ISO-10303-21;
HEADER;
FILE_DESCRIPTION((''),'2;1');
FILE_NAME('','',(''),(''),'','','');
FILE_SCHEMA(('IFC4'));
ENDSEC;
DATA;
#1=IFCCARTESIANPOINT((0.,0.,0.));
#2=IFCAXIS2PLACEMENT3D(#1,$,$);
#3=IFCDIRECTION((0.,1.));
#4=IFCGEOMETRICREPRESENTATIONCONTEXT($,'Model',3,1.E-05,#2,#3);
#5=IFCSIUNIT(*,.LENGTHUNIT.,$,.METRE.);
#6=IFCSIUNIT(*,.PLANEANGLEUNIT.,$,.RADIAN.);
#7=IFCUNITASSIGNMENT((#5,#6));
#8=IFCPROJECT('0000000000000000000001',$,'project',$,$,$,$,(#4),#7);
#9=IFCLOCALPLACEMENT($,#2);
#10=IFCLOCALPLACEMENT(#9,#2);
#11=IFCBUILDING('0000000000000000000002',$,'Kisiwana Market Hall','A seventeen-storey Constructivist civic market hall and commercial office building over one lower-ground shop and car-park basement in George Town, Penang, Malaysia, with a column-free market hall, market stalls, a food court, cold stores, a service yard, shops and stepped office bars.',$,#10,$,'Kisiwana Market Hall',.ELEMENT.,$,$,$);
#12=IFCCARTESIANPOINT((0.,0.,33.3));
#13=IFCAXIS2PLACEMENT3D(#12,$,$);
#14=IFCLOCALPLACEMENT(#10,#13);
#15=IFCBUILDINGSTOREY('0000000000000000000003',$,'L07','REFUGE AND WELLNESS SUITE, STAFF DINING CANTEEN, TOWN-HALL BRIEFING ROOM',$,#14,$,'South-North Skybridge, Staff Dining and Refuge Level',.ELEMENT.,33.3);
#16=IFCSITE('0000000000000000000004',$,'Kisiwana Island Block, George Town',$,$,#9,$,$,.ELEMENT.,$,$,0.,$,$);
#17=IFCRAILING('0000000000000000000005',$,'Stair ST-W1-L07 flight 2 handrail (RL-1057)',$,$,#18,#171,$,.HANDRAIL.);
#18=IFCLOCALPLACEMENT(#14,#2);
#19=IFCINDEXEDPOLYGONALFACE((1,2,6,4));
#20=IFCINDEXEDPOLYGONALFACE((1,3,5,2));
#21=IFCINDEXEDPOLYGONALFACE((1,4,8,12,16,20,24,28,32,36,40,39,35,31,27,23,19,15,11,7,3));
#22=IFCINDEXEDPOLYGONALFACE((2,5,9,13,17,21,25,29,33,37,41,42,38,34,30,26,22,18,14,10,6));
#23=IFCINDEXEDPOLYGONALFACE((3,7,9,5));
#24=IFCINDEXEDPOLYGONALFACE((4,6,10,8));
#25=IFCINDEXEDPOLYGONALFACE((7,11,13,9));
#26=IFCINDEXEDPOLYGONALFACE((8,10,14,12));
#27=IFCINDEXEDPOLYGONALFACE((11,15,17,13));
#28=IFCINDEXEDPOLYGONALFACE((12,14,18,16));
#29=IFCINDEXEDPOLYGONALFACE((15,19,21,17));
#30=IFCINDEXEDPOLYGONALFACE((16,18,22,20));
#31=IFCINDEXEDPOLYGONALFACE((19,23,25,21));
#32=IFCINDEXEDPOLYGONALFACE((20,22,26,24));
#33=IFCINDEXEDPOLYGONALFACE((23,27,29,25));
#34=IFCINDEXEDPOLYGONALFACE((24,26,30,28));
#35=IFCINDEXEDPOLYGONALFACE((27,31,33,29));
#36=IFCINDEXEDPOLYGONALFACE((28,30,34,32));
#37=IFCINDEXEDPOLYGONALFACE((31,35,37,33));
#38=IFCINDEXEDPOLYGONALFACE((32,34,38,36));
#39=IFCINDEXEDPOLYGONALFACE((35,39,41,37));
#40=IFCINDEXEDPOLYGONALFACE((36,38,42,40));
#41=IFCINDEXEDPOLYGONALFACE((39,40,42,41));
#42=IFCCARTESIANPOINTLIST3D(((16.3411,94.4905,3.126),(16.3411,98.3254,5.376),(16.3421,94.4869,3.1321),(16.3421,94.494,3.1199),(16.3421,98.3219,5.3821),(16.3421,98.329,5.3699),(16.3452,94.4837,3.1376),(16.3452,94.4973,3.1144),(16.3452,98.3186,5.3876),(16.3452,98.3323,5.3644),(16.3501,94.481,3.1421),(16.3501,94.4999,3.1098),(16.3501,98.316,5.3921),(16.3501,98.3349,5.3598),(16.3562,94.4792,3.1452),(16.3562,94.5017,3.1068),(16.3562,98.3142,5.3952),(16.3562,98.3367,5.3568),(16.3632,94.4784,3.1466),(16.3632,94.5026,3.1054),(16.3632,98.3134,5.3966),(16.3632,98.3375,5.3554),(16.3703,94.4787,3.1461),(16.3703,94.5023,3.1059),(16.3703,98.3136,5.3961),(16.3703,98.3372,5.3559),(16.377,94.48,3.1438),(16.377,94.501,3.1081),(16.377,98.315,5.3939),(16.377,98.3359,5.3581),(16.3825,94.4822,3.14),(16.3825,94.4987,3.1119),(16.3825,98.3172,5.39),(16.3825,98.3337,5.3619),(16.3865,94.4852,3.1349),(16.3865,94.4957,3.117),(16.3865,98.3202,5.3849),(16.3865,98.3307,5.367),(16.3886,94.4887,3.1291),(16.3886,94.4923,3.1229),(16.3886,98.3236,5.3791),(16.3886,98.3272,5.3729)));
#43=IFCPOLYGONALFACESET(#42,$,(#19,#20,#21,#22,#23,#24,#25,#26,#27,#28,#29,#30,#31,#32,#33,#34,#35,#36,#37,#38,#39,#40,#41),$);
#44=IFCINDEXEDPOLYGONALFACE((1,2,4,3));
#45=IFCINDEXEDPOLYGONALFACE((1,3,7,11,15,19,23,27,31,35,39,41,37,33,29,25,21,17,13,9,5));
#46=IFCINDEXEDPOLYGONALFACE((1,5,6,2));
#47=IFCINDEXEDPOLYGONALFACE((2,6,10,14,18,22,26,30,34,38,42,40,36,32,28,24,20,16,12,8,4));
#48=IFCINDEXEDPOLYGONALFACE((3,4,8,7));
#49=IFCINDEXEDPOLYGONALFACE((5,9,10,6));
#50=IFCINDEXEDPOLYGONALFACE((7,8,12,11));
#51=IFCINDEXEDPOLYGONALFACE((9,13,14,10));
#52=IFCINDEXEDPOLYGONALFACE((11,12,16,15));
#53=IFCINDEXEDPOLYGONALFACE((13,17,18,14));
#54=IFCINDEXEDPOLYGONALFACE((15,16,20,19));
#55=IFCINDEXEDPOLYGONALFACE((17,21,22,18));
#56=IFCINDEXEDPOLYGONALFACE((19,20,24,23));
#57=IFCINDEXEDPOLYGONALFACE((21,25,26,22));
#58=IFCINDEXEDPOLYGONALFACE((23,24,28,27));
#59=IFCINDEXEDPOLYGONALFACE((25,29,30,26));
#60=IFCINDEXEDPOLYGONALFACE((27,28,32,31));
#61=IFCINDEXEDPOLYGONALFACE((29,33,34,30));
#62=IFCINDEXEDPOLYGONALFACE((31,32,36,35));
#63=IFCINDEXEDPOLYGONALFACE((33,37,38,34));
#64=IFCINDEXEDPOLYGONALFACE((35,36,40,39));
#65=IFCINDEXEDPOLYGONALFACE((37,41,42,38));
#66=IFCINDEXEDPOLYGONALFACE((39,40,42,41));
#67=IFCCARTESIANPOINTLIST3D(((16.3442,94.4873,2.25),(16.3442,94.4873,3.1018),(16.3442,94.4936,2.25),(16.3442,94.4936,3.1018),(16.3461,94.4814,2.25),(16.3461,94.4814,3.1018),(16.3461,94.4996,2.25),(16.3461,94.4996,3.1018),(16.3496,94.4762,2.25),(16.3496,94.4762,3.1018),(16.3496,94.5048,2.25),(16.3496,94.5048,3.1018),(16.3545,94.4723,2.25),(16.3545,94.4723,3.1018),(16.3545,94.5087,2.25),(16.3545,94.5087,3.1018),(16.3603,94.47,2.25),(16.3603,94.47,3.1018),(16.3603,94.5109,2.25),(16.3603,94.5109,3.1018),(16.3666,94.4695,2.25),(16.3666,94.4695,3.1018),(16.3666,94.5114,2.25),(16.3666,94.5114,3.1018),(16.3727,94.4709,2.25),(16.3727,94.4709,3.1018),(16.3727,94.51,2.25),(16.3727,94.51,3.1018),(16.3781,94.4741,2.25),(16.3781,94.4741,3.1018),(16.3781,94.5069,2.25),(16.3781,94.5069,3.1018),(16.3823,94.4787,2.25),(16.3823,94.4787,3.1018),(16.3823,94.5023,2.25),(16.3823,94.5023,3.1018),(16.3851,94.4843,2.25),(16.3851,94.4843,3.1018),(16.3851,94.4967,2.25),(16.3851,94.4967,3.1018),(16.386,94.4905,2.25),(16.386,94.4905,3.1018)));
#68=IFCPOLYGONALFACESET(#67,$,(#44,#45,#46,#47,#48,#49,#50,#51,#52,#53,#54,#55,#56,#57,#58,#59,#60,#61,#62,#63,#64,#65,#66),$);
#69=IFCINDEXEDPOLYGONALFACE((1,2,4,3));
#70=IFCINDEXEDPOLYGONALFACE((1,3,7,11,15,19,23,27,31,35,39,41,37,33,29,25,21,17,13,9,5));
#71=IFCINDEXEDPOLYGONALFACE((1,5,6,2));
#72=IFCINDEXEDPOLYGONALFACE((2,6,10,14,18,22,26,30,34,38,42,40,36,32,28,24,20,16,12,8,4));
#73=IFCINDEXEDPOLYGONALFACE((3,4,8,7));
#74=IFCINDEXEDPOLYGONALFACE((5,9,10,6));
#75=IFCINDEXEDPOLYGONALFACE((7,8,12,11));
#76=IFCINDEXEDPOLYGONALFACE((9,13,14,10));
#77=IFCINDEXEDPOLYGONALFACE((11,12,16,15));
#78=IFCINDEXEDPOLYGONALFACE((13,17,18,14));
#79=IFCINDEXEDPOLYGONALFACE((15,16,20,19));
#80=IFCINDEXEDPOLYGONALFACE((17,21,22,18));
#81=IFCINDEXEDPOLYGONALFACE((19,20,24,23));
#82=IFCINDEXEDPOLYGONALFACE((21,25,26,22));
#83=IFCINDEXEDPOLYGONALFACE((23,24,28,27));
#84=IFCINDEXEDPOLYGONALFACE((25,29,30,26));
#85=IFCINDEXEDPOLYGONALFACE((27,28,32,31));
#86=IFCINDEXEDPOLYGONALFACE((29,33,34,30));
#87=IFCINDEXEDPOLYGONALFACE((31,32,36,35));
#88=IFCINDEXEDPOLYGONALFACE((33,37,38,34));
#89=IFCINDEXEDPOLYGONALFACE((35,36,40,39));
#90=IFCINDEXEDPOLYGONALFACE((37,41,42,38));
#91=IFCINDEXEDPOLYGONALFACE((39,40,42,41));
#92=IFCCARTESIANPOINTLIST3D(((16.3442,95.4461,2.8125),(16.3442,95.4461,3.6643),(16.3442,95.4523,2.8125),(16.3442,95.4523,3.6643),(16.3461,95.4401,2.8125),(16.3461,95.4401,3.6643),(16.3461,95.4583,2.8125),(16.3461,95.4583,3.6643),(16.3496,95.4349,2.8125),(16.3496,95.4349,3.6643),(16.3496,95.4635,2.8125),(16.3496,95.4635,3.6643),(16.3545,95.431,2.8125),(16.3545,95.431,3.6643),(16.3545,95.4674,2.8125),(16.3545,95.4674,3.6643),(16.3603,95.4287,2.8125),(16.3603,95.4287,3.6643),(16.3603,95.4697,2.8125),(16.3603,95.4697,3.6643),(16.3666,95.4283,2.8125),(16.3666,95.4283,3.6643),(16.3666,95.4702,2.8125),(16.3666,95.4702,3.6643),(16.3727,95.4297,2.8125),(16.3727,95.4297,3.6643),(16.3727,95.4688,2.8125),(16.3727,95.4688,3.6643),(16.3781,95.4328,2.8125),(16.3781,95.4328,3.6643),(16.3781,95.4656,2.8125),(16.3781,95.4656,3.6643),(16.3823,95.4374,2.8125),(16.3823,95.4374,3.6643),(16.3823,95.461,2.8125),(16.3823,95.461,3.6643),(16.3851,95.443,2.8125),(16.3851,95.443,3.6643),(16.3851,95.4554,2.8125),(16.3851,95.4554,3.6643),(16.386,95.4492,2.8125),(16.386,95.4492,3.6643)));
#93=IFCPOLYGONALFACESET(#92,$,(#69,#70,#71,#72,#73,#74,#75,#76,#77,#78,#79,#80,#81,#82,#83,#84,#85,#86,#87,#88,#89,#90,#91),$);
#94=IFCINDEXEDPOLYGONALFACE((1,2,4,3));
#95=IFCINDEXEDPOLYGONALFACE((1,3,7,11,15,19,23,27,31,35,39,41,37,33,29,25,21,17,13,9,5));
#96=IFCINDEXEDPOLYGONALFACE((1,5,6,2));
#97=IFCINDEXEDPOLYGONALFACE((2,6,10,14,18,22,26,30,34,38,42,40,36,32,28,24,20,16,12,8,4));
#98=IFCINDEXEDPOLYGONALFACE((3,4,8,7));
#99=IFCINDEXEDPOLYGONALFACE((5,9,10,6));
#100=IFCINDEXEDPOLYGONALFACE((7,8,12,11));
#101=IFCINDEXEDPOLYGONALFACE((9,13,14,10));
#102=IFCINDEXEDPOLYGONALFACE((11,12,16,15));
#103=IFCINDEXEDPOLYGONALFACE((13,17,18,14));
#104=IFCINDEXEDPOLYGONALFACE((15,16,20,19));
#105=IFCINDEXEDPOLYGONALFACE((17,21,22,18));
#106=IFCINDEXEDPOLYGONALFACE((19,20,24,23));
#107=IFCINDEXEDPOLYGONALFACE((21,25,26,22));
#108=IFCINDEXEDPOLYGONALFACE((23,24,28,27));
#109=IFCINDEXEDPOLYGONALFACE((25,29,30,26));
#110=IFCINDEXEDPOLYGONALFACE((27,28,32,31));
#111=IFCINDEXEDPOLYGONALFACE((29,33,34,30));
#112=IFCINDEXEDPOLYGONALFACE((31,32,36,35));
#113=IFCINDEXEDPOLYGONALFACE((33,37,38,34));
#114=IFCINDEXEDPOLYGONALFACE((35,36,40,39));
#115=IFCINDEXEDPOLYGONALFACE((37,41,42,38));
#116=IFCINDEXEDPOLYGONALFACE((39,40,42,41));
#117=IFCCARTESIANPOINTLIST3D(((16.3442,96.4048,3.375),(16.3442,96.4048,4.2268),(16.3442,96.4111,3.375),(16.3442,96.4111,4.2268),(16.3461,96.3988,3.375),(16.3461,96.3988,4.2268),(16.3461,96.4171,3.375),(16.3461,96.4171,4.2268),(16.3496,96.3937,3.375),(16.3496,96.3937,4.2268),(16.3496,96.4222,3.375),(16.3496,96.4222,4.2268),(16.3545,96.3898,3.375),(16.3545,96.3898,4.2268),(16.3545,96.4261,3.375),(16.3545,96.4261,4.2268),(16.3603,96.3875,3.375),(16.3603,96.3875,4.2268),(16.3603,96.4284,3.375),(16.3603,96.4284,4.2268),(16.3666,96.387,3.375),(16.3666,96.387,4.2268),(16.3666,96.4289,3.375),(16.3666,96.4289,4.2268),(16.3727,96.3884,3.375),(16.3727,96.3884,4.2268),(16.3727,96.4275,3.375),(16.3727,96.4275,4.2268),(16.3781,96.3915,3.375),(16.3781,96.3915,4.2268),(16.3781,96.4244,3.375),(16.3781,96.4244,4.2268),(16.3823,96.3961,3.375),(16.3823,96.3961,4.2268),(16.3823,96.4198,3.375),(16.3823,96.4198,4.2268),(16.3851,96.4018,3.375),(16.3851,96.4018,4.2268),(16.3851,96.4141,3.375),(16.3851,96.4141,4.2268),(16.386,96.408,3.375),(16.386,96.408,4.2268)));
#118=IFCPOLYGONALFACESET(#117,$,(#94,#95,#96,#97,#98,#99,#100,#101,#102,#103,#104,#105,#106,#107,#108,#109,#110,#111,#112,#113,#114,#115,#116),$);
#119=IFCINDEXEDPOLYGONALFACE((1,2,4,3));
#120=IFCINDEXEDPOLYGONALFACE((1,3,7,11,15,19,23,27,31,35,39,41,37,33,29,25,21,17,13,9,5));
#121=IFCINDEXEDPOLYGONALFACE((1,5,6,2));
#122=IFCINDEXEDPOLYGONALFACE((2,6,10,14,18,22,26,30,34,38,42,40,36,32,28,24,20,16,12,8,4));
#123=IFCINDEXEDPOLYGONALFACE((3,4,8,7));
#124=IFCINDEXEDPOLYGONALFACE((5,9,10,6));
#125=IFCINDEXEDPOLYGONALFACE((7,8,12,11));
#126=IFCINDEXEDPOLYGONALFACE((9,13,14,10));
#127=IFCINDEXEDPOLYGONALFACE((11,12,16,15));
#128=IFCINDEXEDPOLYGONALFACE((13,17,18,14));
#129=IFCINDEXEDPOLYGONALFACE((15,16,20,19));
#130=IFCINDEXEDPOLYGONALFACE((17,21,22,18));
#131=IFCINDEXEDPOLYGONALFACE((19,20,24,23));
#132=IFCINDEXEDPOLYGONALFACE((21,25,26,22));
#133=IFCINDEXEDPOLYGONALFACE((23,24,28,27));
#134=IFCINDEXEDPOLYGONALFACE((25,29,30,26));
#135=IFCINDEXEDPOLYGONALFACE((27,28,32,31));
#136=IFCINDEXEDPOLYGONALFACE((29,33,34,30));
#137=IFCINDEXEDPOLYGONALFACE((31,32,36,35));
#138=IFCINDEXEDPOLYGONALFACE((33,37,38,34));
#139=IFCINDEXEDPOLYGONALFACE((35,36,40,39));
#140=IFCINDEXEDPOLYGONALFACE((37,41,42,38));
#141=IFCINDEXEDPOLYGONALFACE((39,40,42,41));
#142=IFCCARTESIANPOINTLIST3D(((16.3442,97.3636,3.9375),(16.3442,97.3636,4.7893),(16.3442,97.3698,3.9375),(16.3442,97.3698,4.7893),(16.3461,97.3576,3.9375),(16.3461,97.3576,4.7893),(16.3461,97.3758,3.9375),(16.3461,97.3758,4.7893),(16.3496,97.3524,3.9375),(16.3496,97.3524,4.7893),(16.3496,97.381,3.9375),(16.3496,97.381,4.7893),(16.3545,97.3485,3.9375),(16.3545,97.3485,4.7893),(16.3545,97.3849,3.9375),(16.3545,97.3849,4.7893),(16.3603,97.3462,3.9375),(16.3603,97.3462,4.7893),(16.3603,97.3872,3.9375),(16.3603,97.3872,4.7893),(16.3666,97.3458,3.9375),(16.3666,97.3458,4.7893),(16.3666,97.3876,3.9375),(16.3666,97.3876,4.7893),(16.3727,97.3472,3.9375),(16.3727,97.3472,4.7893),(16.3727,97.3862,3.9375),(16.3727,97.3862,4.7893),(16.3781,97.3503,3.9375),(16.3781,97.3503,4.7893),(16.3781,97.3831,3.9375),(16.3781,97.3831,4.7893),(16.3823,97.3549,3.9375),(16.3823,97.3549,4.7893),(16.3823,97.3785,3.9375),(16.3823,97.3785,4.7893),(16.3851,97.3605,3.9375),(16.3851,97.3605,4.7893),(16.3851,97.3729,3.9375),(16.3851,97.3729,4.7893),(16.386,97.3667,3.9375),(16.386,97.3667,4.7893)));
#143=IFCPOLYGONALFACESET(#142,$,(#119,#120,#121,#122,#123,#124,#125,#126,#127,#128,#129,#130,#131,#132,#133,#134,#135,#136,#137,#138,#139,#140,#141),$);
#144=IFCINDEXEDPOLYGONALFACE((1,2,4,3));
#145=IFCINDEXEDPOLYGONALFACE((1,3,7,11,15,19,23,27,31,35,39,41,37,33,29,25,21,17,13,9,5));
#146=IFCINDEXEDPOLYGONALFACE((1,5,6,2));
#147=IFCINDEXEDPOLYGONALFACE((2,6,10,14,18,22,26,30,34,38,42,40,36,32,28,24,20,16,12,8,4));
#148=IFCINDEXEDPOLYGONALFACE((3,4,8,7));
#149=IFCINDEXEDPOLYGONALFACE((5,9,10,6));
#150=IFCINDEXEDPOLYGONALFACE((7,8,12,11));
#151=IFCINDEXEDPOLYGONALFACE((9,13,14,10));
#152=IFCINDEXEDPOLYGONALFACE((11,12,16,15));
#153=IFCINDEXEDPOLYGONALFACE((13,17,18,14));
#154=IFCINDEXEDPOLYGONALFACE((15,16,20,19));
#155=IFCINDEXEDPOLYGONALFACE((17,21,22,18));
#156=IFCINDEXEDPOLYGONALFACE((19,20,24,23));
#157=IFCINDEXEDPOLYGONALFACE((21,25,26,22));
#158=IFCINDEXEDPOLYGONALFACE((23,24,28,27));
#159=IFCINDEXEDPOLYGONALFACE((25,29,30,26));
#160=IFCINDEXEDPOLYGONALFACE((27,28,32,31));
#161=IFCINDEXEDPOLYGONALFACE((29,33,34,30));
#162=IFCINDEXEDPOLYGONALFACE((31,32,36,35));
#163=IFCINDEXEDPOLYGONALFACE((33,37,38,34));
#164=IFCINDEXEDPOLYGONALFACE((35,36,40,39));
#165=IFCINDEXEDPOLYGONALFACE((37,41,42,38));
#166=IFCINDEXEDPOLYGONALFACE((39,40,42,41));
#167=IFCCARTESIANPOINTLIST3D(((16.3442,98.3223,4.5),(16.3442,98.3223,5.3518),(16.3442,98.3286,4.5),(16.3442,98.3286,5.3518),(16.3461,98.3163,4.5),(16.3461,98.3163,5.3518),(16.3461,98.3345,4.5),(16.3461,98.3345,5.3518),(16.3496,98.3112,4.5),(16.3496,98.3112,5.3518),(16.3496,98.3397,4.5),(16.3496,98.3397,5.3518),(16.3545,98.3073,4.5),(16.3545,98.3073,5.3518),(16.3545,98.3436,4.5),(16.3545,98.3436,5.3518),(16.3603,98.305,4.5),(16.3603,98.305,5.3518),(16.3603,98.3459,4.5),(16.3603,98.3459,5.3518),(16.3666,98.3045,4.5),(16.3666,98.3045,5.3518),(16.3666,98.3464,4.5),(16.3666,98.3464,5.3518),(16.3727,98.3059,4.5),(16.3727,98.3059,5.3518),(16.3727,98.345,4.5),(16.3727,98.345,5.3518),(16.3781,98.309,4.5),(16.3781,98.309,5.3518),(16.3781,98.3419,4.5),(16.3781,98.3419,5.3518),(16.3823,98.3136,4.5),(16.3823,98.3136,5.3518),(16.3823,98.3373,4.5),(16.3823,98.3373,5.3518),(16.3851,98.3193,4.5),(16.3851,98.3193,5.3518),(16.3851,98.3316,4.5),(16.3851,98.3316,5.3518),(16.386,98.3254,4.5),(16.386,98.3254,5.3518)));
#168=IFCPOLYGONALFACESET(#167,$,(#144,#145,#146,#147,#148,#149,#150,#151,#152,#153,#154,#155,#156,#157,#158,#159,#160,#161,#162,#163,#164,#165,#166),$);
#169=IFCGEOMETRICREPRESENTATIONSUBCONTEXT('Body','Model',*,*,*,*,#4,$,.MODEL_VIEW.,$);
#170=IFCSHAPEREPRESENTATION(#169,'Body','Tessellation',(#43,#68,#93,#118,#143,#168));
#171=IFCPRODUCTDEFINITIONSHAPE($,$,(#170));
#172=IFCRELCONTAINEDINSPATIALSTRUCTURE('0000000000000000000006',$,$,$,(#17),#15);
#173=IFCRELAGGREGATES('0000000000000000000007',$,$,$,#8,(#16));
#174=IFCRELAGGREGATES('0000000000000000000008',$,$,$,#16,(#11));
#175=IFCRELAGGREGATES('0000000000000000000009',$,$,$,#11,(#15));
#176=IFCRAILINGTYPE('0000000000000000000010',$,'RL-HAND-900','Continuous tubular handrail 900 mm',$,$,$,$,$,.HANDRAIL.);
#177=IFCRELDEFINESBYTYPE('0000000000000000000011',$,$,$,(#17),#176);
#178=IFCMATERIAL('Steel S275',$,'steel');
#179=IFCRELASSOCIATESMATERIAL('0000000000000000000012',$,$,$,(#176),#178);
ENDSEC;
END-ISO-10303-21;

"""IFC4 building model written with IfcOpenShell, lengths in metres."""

from ifc_helpers import new_model, si_unit, direction, frame, origin, origin_2d, place, context, subcontext, project, spatial, circle, extrude, material, type_object, element, save


model = new_model("IFC4")

# Units and contexts
model_context = context("Model", 3, precision=1e-05, world=origin(), true_north=direction((0.0, 1.0)))
body_context = subcontext(model_context, "Body", "Model", "MODEL_VIEW")
ifc_project = project(units=[si_unit("LENGTHUNIT", "METRE"), si_unit("PLANEANGLEUNIT", "RADIAN")], contexts=[model_context])

# Site, building, storey
site_placement = place(None, origin())
site = spatial("IfcSite", under=ifc_project, at=site_placement, Name="Kisiwana Island Block, George Town", CompositionType="ELEMENT", RefElevation=0.0)
building_placement = place(site_placement, origin())
building = spatial("IfcBuilding", under=site, at=building_placement, Name="Kisiwana Market Hall", Description="A seventeen-storey Constructivist civic market hall and commercial office building over one lower-ground shop and car-park basement in George Town, Penang, Malaysia, with a column-free market hall, market stalls, a food court, cold stores, a service yard, shops and stepped office bars.", LongName="Kisiwana Market Hall", CompositionType="ELEMENT")
storey_placement = place(building_placement, frame((0.0, 0.0, 33.3)))
storey = spatial("IfcBuildingStorey", under=building, at=storey_placement, Name="L07", Description="REFUGE AND WELLNESS SUITE, STAFF DINING CANTEEN, TOWN-HALL BRIEFING ROOM", LongName="South-North Skybridge, Staff Dining and Refuge Level", CompositionType="ELEMENT", Elevation=33.3)

# Railing
ifc_material_1 = material(Name="Steel S275", Category="steel")
railing_type_1 = type_object("IfcRailingType", Name="RL-HAND-900", Description="Continuous tubular handrail 900 mm", PredefinedType="HANDRAIL", material=ifc_material_1)
railing_1_placement = place(storey_placement, frame((16.365, 94.4905, 2.25)))
element("IfcRailing", 1, at=railing_1_placement, inside=storey, type_object=railing_type_1, Name="Stair ST-W1-L07 flight 2 handrail (RL-1057)", PredefinedType="HANDRAIL", context=body_context, shape_type="SweptSolid", body=[
    extrude(circle(Radius=0.0239, at=origin_2d()), frame((0.0, 0.0, 0.876), z_axis=(0.0, 0.86251, 0.506041), x_axis=(-1.0, 0.0, 0.0)), (0.0, 0.0, 1.0), 4.4463),
    extrude(circle(Radius=0.021, at=origin_2d()), origin(), (0.0, 0.0, 1.0), 0.8518),
    extrude(circle(Radius=0.021, at=origin_2d()), frame((0.0, 0.9587, 0.5625)), (0.0, 0.0, 1.0), 0.8518),
    extrude(circle(Radius=0.021, at=origin_2d()), frame((0.0, 1.9175, 1.125)), (0.0, 0.0, 1.0), 0.8518),
    extrude(circle(Radius=0.021, at=origin_2d()), frame((0.0, 2.8762, 1.6875)), (0.0, 0.0, 1.0), 0.8518),
    extrude(circle(Radius=0.021, at=origin_2d()), frame((0.0, 3.835, 2.25)), (0.0, 0.0, 1.0), 0.8518),
])

save(model, "model.ifc")
